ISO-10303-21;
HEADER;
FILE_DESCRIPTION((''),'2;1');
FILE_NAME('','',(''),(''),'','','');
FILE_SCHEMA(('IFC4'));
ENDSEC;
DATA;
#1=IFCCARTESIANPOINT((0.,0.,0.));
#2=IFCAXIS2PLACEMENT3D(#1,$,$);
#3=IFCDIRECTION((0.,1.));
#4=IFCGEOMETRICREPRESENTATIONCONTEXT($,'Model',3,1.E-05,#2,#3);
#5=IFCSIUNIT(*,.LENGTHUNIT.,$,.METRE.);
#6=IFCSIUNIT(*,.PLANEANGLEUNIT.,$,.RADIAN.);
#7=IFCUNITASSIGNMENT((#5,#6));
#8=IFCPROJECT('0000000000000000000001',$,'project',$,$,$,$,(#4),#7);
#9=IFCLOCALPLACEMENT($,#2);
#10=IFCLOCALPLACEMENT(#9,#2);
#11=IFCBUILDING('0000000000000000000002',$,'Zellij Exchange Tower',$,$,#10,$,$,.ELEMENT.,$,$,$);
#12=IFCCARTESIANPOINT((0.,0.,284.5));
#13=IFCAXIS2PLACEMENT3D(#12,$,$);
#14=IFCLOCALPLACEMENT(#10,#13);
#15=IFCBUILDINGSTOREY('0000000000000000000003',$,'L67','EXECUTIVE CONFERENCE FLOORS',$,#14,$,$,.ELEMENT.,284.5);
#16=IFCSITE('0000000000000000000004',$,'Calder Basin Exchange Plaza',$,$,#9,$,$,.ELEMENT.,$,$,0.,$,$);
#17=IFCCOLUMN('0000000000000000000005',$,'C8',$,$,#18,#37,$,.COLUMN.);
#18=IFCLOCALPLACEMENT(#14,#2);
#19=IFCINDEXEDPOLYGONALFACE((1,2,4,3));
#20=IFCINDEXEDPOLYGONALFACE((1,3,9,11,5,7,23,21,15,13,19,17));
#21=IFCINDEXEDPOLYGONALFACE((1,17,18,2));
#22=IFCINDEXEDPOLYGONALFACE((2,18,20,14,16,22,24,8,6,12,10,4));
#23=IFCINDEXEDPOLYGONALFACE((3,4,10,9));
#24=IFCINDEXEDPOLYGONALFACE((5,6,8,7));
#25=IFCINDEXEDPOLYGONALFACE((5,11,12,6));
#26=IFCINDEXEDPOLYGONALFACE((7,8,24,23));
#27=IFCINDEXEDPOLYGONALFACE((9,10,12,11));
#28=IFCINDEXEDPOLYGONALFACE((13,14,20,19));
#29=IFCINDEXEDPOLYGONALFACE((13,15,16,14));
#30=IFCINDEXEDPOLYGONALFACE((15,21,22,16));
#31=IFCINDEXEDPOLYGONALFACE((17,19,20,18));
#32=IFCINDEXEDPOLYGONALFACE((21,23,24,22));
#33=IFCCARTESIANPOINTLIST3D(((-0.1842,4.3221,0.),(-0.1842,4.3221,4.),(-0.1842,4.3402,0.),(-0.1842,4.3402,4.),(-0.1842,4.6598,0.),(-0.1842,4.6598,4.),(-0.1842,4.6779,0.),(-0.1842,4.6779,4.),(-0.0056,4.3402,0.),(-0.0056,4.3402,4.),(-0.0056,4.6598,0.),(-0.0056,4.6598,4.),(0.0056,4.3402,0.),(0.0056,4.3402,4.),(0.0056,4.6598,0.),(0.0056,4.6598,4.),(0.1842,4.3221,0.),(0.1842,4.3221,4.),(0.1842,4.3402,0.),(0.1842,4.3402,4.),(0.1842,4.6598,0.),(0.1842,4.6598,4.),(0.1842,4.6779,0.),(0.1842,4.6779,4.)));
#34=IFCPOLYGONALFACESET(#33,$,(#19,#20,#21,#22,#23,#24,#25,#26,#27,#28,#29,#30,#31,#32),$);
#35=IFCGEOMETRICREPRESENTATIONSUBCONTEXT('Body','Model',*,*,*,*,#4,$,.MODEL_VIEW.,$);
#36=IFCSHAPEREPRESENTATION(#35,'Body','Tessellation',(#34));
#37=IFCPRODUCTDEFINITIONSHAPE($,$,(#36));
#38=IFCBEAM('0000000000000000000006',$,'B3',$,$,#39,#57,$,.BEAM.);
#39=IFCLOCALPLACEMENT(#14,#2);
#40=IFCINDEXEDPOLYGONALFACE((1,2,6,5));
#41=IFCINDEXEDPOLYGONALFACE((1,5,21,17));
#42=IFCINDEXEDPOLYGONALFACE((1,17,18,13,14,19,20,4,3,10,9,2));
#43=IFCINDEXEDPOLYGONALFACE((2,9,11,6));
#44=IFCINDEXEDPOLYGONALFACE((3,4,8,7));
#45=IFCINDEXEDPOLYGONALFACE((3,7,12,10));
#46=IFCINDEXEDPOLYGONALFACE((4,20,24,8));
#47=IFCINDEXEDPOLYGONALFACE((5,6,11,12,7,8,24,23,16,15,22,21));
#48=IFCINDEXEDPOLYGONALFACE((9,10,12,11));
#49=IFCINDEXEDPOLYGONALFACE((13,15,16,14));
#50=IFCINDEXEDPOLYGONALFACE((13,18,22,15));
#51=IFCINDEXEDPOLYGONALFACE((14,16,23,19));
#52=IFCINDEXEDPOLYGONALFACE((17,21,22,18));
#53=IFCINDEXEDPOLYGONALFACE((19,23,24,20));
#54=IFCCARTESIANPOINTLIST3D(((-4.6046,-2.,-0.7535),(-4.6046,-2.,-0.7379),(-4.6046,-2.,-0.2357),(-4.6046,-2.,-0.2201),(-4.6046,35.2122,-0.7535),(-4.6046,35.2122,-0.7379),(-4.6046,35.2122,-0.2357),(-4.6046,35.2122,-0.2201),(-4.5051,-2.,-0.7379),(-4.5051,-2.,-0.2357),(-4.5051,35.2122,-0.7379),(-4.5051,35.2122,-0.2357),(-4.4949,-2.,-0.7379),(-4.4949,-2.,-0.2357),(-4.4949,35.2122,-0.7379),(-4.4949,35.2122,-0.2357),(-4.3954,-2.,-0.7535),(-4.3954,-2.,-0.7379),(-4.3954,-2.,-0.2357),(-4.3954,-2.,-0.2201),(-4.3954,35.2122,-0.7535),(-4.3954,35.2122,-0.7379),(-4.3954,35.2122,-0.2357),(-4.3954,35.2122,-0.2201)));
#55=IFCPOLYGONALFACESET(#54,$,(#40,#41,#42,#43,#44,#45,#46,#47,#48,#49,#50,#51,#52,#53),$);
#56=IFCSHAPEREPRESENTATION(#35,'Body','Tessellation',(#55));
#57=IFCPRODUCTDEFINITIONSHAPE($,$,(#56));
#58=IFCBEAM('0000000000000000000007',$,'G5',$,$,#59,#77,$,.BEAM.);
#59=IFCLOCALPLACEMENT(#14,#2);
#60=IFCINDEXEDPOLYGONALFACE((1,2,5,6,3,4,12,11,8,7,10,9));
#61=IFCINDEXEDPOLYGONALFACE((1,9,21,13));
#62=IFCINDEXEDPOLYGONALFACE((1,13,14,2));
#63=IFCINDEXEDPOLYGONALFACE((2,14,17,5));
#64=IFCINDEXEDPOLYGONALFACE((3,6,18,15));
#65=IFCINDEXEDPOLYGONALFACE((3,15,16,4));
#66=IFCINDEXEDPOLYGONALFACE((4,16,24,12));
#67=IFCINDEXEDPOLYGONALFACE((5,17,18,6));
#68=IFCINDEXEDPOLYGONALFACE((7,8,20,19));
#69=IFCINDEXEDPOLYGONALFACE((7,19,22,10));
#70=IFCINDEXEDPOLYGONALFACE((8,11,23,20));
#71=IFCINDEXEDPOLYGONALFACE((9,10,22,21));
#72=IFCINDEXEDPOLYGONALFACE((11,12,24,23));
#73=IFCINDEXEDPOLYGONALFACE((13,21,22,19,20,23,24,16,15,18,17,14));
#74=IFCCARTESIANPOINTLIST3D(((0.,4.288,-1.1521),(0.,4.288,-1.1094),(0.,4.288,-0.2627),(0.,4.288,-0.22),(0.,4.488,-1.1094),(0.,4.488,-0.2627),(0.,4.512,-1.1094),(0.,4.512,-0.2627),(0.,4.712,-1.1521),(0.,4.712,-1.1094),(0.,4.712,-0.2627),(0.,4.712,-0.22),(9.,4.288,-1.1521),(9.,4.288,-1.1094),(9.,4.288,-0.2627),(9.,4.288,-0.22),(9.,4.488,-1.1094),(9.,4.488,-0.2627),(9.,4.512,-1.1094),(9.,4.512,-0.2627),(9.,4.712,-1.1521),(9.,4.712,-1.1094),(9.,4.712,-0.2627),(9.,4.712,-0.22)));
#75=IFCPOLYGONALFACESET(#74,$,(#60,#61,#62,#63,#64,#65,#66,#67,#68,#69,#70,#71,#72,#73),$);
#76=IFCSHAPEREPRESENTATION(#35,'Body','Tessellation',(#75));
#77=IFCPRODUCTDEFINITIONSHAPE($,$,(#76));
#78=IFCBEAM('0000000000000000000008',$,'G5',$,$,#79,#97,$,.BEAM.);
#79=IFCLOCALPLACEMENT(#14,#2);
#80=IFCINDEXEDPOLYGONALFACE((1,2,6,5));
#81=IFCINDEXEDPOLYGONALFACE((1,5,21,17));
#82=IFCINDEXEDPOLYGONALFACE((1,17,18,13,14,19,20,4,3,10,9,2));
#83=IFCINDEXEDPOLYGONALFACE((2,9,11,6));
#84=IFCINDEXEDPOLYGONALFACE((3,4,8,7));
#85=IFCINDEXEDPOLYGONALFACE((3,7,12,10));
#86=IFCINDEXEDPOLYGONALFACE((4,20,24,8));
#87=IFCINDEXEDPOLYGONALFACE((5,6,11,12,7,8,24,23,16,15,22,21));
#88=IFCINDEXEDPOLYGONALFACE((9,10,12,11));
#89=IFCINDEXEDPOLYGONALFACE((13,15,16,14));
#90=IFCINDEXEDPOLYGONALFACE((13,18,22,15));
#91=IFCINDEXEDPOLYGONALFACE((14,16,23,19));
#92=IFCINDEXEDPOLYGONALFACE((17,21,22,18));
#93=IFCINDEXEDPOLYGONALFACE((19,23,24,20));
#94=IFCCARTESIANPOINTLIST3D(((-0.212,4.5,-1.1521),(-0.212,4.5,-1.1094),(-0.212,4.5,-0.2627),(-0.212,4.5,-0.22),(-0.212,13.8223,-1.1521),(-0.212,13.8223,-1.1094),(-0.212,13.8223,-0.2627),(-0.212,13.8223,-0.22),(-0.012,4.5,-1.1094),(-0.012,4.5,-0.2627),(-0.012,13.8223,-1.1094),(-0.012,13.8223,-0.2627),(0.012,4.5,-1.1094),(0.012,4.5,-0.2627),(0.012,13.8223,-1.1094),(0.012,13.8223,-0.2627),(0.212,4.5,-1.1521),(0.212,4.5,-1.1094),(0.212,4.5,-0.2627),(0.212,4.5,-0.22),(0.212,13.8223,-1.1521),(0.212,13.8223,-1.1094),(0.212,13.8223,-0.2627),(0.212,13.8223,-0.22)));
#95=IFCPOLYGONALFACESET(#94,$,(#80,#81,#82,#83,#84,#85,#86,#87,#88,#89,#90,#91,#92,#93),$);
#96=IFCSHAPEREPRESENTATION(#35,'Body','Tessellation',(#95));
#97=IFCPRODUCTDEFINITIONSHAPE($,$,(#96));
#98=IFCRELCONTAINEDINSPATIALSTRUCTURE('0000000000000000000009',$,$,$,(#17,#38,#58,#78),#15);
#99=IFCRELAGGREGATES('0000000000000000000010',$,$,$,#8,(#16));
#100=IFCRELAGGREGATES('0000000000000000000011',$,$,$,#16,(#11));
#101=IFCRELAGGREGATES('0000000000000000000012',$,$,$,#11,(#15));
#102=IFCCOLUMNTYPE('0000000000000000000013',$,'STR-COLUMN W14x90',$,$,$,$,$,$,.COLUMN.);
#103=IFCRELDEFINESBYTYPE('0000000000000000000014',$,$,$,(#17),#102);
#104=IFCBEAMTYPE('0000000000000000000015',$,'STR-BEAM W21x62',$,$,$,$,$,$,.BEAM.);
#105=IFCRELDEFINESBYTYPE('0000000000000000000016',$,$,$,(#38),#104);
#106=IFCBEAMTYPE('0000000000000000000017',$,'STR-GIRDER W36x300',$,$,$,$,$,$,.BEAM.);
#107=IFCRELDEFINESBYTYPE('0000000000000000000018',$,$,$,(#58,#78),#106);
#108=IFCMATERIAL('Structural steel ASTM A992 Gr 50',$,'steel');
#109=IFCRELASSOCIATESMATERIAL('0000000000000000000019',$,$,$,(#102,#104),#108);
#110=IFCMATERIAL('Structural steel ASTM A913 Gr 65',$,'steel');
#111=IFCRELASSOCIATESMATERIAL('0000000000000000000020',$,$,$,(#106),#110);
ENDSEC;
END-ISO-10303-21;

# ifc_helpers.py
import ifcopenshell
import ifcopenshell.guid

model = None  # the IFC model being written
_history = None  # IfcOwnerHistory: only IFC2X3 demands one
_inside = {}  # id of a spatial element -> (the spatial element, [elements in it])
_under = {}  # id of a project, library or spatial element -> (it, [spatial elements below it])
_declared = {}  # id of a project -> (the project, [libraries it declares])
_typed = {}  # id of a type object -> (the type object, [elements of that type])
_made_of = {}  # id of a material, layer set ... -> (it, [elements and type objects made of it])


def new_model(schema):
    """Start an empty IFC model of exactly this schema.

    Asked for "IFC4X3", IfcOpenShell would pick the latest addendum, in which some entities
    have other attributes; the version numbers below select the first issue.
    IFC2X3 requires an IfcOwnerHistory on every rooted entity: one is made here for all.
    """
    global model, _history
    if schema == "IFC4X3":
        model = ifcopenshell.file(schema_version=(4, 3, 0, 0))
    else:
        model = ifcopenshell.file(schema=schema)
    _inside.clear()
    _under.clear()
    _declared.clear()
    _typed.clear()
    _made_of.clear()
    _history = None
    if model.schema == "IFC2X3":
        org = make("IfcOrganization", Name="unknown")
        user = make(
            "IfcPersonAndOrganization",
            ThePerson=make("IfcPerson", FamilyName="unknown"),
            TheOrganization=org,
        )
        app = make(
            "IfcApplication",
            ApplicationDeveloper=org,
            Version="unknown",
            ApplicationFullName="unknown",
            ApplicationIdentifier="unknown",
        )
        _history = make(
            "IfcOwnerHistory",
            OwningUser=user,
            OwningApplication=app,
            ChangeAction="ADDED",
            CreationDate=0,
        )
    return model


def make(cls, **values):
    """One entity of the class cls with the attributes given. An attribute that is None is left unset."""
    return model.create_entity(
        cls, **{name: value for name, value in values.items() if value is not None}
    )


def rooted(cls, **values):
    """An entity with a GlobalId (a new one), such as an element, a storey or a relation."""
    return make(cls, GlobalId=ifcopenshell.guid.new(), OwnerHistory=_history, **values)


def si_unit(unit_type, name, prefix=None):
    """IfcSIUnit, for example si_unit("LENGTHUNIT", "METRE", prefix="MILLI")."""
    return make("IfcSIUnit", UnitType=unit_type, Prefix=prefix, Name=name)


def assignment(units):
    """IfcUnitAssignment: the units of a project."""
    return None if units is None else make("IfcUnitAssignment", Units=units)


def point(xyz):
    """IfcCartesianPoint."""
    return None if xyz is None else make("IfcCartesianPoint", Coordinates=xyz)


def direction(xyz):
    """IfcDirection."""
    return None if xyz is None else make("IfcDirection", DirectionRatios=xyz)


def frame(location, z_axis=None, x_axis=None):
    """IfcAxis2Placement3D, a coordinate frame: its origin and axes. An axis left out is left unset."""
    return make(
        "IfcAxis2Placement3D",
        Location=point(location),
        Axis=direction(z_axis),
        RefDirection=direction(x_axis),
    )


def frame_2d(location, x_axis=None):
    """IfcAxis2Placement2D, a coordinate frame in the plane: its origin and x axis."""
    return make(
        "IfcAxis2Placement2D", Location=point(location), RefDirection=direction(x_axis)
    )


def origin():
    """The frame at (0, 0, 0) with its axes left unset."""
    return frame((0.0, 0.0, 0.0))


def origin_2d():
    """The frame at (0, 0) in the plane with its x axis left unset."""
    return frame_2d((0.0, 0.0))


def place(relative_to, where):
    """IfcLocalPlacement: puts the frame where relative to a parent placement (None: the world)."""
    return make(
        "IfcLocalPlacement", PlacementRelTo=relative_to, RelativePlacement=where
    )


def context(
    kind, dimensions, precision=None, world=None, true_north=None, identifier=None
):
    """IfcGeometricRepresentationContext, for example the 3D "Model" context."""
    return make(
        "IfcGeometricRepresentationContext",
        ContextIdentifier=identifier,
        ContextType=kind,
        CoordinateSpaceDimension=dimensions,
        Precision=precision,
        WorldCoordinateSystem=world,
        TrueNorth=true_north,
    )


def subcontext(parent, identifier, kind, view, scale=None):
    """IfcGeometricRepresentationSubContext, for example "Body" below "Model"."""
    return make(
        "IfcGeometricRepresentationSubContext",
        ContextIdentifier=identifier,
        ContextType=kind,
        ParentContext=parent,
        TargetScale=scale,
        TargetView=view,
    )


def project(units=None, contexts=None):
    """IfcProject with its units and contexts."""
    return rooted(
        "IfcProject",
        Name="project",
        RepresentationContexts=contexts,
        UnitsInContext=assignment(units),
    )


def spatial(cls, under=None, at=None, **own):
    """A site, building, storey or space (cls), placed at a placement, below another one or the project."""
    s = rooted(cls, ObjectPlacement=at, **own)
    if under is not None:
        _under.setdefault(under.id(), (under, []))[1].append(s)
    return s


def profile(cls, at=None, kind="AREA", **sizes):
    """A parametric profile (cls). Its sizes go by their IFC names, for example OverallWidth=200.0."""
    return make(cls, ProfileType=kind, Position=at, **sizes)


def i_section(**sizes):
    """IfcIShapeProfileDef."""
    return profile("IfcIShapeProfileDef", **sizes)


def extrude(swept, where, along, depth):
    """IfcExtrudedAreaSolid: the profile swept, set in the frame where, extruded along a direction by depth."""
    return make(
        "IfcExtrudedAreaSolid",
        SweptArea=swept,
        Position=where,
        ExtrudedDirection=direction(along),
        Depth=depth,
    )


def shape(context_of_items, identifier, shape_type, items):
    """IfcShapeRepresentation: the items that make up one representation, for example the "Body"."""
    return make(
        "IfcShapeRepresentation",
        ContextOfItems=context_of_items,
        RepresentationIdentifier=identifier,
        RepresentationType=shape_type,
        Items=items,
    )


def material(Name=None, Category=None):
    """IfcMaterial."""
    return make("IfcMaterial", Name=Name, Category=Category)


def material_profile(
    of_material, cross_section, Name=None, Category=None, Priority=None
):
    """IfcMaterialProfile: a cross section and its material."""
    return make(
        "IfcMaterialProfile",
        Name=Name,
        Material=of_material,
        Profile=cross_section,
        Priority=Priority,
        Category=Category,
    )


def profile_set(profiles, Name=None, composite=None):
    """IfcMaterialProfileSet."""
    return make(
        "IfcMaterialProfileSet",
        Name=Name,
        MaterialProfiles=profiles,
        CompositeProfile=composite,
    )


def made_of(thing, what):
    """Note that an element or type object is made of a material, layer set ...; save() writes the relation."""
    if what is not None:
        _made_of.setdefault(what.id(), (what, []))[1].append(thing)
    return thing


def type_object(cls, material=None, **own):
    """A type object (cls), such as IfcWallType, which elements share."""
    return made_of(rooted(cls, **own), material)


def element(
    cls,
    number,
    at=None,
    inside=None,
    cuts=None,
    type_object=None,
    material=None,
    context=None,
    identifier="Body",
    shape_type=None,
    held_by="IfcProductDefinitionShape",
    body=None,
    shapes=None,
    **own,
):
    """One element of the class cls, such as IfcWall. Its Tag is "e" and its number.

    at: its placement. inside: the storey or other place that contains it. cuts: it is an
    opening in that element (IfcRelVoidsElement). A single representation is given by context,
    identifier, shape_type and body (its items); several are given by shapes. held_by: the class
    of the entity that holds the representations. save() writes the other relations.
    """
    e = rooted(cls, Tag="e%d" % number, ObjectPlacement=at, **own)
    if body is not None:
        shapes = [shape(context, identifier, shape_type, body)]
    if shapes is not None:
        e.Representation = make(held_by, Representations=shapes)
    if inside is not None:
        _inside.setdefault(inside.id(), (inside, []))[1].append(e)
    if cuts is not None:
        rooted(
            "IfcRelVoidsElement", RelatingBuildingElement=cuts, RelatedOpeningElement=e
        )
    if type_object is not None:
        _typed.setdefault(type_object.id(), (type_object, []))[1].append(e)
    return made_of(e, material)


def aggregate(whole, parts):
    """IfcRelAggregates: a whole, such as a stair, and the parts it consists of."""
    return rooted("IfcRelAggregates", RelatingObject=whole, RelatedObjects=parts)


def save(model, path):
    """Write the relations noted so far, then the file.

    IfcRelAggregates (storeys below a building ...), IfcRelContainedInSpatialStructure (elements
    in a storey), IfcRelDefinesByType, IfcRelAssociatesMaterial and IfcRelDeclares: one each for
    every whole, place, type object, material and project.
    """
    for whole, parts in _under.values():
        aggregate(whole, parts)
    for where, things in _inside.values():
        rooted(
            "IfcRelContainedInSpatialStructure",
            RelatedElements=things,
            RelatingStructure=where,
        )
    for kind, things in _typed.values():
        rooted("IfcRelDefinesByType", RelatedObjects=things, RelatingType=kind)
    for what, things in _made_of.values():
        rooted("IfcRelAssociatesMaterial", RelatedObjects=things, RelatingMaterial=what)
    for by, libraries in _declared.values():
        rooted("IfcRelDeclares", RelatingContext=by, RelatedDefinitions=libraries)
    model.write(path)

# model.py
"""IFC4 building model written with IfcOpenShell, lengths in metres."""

from ifc_helpers import new_model, si_unit, direction, frame, origin, origin_2d, place, context, subcontext, project, spatial, i_section, extrude, material, material_profile, profile_set, type_object, element, save


model = new_model("IFC4")

# Units and contexts
model_context = context("Model", 3, precision=1e-05, world=origin(), true_north=direction((0.0, 1.0)))
body_context = subcontext(model_context, "Body", "Model", "MODEL_VIEW")
ifc_project = project(units=[si_unit("LENGTHUNIT", "METRE"), si_unit("PLANEANGLEUNIT", "RADIAN")], contexts=[model_context])

# Site, building, storey
site_placement = place(None, origin())
site = spatial("IfcSite", under=ifc_project, at=site_placement, Name="Calder Basin Exchange Plaza", CompositionType="ELEMENT", RefElevation=0.0)
building_placement = place(site_placement, origin())
building = spatial("IfcBuilding", under=site, at=building_placement, Name="Zellij Exchange Tower", CompositionType="ELEMENT")
storey_placement = place(building_placement, frame((0.0, 0.0, 284.5)))
storey = spatial("IfcBuildingStorey", under=building, at=storey_placement, Name="L67", Description="EXECUTIVE CONFERENCE FLOORS", CompositionType="ELEMENT", Elevation=284.5)

# Column
ifc_material_1 = material(Name="Structural steel ASTM A992 Gr 50", Category="steel")
ifc_material_profile_1 = material_profile(ifc_material_1, i_section(OverallWidth=0.3684, OverallDepth=0.3557, WebThickness=0.0112, FlangeThickness=0.0181, at=origin_2d()), Name="W14x90")
ifc_profile_set_1 = profile_set([ifc_material_profile_1], Name="Structural steel ASTM A992 Gr 50")
column_type = type_object("IfcColumnType", Name="STR-COLUMN W14x90", PredefinedType="COLUMN", material=ifc_profile_set_1)
column_placement = place(storey_placement, frame((0.0, 4.5, 0.0), z_axis=(0.0, 0.0, 1.0), x_axis=(1.0, 0.0, 0.0)))
element("IfcColumn", 1, at=column_placement, inside=storey, type_object=column_type, Name="C8", PredefinedType="COLUMN", context=body_context, shape_type="SweptSolid", body=[
    extrude(i_section(OverallWidth=0.3684, OverallDepth=0.3557, WebThickness=0.0112, FlangeThickness=0.0181, at=origin_2d()), origin(), (0.0, 0.0, 1.0), 4.0),
])

# Beams
ifc_material_profile_2 = material_profile(ifc_material_1, i_section(OverallWidth=0.2092, OverallDepth=0.5334, WebThickness=0.0103, FlangeThickness=0.0156, at=origin_2d()), Name="W21x62")
ifc_profile_set_2 = profile_set([ifc_material_profile_2], Name="Structural steel ASTM A992 Gr 50")
beam_type_1 = type_object("IfcBeamType", Name="STR-BEAM W21x62", PredefinedType="BEAM", material=ifc_profile_set_2)
beam_1_placement = place(storey_placement, frame((-4.5, -2.0, -0.4868), z_axis=(0.0, 1.0, 0.0), x_axis=(-1.0, 0.0, 0.0)))
element("IfcBeam", 2, at=beam_1_placement, inside=storey, type_object=beam_type_1, Name="B3", PredefinedType="BEAM", context=body_context, shape_type="SweptSolid", body=[
    extrude(i_section(OverallWidth=0.2092, OverallDepth=0.5334, WebThickness=0.0103, FlangeThickness=0.0156, at=origin_2d()), origin(), (0.0, 0.0, 1.0), 37.2122),
])
ifc_material_2 = material(Name="Structural steel ASTM A913 Gr 65", Category="steel")
ifc_material_profile_3 = material_profile(ifc_material_2, i_section(OverallWidth=0.4241, OverallDepth=0.9321, WebThickness=0.0239, FlangeThickness=0.0427, at=origin_2d()), Name="W36x300")
ifc_profile_set_3 = profile_set([ifc_material_profile_3], Name="Structural steel ASTM A913 Gr 65")
beam_type_2 = type_object("IfcBeamType", Name="STR-GIRDER W36x300", PredefinedType="BEAM", material=ifc_profile_set_3)
beam_2_placement = place(storey_placement, frame((0.0, 4.5, -0.686), z_axis=(1.0, 0.0, 0.0), x_axis=(0.0, 1.0, 0.0)))
element("IfcBeam", 3, at=beam_2_placement, inside=storey, type_object=beam_type_2, Name="G5", PredefinedType="BEAM", context=body_context, shape_type="SweptSolid", body=[
    extrude(i_section(OverallWidth=0.4241, OverallDepth=0.9321, WebThickness=0.0239, FlangeThickness=0.0427, at=origin_2d()), origin(), (0.0, 0.0, 1.0), 9.0),
])
beam_3_placement = place(storey_placement, frame((0.0, 4.5, -0.686), z_axis=(0.0, 1.0, 0.0), x_axis=(-1.0, 0.0, 0.0)))
element("IfcBeam", 4, at=beam_3_placement, inside=storey, type_object=beam_type_2, Name="G5", PredefinedType="BEAM", context=body_context, shape_type="SweptSolid", body=[
    extrude(i_section(OverallWidth=0.4241, OverallDepth=0.9321, WebThickness=0.0239, FlangeThickness=0.0427, at=origin_2d()), origin(), (0.0, 0.0, 1.0), 9.3223),
])

save(model, "model.ifc")
